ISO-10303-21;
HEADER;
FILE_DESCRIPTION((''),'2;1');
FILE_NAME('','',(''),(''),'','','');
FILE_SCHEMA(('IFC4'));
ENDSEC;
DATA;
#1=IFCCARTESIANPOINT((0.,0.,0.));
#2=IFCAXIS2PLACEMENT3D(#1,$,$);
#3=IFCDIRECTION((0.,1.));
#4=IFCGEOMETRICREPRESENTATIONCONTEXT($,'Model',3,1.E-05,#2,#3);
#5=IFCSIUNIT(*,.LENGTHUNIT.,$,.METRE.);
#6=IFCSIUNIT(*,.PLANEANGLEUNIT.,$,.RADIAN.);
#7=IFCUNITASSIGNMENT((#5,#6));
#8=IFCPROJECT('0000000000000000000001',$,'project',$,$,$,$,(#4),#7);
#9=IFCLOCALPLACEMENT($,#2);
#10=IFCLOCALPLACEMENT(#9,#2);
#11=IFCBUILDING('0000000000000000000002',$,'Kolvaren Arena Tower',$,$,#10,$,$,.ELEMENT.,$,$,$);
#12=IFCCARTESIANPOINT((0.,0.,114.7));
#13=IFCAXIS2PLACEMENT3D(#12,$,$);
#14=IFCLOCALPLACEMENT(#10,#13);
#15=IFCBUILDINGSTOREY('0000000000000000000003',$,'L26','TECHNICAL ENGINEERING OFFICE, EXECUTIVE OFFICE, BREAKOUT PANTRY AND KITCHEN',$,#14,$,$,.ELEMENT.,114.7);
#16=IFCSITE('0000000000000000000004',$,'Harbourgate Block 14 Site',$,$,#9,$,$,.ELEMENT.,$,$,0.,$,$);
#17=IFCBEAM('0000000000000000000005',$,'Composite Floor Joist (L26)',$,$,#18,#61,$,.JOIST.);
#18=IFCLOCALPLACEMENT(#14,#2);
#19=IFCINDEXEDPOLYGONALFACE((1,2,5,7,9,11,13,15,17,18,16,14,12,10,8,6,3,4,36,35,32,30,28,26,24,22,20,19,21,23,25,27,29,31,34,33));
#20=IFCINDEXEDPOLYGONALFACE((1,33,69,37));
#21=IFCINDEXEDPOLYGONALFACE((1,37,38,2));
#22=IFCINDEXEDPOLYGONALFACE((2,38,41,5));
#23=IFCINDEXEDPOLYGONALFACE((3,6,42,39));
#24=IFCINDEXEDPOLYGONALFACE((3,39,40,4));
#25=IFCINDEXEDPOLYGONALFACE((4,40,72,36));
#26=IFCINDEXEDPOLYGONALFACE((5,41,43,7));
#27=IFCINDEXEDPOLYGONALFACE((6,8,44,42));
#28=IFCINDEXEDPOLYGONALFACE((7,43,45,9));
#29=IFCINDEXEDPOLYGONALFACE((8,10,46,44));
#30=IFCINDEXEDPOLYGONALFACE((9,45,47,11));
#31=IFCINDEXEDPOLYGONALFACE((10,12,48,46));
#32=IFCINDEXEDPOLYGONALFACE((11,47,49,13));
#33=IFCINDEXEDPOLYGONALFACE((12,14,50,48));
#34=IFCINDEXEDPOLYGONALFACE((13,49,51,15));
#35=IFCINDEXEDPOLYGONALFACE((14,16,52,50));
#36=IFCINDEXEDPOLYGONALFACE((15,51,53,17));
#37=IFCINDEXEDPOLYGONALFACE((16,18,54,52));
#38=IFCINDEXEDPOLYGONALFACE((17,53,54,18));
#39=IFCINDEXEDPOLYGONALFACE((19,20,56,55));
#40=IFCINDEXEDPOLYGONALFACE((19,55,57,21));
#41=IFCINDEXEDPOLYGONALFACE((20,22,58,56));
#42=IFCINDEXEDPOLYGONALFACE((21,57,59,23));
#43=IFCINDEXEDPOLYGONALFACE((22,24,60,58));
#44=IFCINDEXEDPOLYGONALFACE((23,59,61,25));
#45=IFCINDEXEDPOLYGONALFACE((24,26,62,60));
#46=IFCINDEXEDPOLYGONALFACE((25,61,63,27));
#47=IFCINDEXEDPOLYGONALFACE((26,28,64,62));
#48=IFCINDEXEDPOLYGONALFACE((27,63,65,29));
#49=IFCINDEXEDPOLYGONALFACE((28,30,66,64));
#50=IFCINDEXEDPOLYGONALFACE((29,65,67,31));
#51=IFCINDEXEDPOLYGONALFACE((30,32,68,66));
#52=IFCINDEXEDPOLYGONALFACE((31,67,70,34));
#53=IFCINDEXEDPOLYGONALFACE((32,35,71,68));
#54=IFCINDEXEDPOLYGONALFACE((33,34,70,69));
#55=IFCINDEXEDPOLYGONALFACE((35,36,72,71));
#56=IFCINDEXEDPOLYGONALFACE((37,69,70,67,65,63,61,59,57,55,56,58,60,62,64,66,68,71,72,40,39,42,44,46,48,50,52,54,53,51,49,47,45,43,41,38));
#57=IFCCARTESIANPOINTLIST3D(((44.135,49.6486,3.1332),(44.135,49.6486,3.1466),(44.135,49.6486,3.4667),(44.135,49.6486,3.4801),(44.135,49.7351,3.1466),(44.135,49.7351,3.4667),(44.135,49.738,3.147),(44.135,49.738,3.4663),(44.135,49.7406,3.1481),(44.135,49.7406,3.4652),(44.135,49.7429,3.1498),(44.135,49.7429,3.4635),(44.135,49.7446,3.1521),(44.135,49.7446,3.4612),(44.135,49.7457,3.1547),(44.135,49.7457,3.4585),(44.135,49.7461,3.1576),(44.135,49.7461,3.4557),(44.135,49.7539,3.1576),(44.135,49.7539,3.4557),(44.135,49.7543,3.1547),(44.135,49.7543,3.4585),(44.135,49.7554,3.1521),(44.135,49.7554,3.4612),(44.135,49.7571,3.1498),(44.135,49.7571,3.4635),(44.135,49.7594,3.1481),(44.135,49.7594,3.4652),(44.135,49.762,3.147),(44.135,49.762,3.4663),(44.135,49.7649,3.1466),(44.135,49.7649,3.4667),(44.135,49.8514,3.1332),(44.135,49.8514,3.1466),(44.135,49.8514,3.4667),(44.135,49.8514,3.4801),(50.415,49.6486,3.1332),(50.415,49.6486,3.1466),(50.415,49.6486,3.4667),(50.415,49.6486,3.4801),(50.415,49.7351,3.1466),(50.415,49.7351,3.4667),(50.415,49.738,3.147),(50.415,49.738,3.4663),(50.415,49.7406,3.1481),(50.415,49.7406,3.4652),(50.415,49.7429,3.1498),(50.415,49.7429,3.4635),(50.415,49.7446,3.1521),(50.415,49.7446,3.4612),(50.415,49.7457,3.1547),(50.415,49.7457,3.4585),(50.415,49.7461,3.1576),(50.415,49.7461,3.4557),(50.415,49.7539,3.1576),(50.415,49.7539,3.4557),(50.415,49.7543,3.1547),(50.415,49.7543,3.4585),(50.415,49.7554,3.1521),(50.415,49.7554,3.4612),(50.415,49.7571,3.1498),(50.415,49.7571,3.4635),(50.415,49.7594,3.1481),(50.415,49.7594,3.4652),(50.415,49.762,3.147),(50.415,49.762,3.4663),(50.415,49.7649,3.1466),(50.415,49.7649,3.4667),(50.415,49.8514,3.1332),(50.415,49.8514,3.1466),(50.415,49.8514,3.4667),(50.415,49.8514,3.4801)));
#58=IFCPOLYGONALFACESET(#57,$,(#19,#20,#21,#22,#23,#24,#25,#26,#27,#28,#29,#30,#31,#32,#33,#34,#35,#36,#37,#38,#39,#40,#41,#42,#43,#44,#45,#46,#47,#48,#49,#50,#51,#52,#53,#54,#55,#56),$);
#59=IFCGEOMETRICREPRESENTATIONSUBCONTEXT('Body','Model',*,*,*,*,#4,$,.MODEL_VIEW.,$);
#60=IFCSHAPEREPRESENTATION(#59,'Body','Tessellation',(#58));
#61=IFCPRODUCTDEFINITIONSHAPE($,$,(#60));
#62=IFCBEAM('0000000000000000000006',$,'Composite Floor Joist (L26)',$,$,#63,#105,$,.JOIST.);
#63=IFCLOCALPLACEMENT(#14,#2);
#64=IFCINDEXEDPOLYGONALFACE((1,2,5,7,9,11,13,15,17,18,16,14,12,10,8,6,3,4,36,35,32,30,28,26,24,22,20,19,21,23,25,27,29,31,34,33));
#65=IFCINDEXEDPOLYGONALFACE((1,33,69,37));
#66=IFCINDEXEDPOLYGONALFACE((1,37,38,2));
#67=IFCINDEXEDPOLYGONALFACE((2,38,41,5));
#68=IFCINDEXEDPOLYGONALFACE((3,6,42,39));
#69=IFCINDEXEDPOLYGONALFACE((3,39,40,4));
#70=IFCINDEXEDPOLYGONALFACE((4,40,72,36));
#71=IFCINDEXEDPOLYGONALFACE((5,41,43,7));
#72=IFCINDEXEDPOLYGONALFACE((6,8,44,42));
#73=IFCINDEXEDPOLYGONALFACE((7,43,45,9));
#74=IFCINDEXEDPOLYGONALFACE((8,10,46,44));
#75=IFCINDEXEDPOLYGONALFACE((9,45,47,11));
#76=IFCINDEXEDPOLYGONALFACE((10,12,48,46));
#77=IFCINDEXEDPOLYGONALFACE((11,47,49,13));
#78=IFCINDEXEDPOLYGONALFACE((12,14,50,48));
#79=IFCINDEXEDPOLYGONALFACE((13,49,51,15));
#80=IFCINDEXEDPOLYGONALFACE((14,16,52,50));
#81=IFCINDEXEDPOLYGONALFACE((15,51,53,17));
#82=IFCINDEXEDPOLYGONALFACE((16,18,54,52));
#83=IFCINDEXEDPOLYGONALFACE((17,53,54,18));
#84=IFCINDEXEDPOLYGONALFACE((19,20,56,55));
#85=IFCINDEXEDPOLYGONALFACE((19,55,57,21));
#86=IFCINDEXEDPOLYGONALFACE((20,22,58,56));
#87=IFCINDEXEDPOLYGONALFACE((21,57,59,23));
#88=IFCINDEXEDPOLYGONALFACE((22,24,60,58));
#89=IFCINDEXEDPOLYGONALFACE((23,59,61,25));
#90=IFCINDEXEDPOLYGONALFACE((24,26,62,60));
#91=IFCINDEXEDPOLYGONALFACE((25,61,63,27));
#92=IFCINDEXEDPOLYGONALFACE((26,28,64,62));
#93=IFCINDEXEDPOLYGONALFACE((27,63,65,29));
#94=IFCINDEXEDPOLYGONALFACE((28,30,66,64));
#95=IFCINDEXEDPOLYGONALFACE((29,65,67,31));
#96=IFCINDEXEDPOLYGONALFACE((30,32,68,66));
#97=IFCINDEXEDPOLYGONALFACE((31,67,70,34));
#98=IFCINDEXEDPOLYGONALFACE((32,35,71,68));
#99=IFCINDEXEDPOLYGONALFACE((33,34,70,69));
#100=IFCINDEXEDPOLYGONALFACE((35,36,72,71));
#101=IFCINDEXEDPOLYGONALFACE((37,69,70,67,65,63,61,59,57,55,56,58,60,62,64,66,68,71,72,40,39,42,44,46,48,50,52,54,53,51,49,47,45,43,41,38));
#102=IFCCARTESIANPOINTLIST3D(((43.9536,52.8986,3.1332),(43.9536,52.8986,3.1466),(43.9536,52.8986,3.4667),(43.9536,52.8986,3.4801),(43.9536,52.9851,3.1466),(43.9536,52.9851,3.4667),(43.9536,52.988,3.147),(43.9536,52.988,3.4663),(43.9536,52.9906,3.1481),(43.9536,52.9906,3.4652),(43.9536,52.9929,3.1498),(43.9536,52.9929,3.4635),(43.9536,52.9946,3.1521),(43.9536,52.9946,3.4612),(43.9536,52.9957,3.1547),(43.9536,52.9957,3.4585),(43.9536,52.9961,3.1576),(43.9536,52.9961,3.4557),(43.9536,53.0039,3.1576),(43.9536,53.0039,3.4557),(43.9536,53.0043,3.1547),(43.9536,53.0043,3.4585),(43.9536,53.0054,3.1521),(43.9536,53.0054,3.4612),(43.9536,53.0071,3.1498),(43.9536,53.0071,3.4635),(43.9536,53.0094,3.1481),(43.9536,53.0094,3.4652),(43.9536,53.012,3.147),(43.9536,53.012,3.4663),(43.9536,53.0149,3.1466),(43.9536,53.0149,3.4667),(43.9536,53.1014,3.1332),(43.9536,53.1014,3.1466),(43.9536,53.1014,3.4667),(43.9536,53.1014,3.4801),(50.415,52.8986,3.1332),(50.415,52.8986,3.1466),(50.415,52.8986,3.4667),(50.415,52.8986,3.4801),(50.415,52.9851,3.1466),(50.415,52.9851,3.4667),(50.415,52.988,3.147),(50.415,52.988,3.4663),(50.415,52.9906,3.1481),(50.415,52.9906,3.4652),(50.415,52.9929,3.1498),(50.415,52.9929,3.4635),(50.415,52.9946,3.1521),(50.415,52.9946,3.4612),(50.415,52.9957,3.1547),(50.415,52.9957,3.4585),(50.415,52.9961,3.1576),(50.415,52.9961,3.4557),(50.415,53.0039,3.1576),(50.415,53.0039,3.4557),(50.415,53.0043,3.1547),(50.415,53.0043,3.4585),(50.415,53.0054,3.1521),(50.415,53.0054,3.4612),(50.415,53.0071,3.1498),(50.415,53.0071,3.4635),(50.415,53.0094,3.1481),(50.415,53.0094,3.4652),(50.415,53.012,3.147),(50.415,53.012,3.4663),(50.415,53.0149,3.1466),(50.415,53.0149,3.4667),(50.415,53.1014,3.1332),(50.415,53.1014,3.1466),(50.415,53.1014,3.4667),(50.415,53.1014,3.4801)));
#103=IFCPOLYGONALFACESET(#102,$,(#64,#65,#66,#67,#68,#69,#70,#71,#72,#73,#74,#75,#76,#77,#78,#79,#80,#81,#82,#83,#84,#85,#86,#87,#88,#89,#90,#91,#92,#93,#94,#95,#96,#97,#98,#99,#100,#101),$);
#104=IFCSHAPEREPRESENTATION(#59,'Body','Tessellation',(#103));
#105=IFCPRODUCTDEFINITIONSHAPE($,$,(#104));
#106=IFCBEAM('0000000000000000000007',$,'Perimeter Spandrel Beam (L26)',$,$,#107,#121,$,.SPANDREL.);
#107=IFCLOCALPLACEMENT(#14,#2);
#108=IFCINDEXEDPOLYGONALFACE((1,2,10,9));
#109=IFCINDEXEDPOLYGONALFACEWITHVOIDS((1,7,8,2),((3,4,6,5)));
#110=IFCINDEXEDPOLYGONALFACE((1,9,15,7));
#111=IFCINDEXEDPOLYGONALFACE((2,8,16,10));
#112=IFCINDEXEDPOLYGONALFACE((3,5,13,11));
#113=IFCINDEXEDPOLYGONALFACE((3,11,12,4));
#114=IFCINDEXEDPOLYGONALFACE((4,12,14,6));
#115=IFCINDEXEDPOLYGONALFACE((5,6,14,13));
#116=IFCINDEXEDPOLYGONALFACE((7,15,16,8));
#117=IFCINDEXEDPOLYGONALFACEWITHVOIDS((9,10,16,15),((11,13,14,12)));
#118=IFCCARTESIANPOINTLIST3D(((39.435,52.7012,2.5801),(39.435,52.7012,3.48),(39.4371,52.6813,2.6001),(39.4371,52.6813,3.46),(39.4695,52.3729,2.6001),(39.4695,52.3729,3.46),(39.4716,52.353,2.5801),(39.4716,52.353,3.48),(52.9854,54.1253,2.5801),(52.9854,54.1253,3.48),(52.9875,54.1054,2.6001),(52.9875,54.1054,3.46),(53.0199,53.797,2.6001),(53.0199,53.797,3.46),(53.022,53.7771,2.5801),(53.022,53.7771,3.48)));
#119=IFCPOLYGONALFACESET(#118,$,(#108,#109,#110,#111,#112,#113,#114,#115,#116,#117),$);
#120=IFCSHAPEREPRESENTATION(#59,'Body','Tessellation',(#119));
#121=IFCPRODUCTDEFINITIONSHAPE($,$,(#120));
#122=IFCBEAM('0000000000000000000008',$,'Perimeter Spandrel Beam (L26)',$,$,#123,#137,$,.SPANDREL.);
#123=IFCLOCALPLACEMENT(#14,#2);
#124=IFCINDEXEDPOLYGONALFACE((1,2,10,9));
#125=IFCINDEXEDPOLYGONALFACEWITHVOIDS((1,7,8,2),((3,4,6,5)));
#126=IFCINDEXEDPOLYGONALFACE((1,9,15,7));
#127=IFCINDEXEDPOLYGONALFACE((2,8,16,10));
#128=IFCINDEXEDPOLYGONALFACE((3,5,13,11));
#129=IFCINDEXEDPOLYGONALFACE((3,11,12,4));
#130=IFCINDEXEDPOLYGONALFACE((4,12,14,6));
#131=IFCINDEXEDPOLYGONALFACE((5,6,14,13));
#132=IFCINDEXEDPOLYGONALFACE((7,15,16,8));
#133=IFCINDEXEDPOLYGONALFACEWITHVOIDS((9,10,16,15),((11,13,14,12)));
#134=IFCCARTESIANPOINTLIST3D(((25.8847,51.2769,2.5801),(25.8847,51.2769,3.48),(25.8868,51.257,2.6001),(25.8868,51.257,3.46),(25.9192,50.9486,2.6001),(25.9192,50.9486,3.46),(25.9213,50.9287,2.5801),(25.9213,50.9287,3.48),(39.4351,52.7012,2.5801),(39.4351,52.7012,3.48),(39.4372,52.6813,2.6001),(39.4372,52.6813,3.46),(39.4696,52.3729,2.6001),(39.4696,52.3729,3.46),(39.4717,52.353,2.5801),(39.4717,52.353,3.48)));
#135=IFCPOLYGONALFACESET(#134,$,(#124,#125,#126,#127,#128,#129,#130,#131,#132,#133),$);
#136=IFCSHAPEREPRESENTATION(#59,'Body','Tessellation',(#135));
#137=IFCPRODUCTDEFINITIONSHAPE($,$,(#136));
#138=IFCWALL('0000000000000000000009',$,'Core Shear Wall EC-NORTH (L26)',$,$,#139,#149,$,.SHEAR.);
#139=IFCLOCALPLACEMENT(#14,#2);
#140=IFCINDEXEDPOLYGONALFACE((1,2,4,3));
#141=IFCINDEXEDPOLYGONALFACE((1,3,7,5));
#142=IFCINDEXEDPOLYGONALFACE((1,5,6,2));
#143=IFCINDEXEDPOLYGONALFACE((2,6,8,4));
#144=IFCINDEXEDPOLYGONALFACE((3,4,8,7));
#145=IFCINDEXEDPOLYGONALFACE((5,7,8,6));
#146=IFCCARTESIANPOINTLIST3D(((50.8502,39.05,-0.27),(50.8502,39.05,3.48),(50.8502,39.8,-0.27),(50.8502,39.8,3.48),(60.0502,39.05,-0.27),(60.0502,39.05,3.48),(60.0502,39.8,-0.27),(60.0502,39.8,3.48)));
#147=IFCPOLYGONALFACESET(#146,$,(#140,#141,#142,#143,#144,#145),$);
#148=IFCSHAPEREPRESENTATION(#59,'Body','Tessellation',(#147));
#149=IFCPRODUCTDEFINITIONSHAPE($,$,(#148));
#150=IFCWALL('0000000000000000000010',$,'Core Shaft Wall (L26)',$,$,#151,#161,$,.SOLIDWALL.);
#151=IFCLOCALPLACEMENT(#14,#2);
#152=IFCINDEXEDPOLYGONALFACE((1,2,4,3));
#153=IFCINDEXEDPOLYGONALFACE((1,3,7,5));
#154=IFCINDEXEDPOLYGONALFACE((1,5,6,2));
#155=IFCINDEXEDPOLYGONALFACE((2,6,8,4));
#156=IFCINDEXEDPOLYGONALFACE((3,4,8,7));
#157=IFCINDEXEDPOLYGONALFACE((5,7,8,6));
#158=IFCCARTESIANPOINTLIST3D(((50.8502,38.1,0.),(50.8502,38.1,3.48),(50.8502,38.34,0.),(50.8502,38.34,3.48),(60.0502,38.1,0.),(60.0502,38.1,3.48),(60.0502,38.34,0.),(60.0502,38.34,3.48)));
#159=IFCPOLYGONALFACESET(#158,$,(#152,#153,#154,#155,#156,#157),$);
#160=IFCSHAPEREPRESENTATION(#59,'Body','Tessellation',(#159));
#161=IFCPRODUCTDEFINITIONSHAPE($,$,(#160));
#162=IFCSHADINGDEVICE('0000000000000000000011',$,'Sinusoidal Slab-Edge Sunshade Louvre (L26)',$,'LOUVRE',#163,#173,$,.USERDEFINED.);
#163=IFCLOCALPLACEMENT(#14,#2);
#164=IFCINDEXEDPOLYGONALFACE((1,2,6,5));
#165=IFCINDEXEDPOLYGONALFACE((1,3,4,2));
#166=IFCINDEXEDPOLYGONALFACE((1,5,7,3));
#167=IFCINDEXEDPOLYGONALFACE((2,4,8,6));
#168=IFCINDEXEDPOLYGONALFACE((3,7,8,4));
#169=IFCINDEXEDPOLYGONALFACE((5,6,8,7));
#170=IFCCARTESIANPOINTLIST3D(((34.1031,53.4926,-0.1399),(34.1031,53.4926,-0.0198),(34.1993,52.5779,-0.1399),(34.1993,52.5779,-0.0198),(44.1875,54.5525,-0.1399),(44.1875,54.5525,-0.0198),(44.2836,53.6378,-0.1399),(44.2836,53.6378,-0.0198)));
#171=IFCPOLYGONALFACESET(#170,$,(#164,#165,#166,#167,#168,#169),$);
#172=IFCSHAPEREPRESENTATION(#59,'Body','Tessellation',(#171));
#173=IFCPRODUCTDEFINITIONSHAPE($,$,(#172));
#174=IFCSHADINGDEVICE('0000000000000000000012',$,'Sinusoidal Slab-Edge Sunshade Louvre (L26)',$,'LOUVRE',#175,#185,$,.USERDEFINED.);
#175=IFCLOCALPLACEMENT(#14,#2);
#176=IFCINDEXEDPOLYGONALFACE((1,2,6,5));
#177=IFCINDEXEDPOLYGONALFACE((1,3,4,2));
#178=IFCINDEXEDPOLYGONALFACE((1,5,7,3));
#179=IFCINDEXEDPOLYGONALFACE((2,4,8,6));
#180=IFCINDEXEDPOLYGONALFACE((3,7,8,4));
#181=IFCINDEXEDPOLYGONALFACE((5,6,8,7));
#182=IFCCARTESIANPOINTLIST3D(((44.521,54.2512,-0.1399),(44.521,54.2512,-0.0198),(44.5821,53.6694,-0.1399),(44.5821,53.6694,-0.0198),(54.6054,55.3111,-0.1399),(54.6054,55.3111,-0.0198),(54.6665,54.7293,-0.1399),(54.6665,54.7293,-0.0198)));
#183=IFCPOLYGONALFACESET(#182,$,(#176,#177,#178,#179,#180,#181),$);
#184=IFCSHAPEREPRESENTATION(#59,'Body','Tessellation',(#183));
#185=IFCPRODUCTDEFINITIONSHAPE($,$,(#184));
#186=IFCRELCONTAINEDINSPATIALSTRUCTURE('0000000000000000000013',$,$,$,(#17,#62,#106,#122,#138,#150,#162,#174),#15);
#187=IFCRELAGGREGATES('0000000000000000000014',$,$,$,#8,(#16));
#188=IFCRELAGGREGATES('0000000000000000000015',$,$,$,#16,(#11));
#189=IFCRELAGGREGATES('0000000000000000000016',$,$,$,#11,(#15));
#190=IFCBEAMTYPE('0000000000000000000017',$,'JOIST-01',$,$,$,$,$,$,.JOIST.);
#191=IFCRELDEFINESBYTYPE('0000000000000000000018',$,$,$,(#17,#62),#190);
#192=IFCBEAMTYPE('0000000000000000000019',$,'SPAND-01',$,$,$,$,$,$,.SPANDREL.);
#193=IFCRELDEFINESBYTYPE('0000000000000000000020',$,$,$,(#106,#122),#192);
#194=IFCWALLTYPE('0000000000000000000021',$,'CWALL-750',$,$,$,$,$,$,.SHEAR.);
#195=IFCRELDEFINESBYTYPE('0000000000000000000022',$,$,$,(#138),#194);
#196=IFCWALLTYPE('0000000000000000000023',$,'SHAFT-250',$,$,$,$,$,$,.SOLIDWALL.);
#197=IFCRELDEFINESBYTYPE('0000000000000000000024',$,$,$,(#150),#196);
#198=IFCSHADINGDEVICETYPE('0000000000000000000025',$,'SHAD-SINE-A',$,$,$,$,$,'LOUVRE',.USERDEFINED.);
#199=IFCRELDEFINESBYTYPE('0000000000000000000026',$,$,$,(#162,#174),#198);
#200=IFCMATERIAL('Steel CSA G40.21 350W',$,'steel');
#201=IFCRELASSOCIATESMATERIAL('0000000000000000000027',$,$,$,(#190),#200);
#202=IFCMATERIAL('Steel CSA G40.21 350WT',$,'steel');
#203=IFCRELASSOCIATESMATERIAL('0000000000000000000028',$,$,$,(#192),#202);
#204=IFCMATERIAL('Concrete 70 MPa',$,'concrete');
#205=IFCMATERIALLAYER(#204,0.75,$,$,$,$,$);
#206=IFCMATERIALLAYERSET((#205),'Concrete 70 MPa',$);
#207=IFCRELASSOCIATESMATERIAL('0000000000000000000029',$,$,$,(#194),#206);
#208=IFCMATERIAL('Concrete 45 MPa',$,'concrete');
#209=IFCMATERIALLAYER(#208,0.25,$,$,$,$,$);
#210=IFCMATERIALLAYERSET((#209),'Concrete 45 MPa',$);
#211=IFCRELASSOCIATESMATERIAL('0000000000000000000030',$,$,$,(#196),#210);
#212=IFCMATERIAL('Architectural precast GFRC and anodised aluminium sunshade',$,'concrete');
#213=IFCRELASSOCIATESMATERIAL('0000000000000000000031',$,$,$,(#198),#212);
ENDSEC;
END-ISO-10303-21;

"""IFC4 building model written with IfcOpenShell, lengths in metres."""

from ifc_helpers import new_model, si_unit, direction, frame, frame_2d, origin, origin_2d, place, context, subcontext, project, spatial, rectangle, hollow_rectangle, i_section, extrude, material, layer, layer_set, material_profile, profile_set, type_object, element, save


model = new_model("IFC4")

# Units and contexts
model_context = context("Model", 3, precision=1e-05, world=origin(), true_north=direction((0.0, 1.0)))
body_context = subcontext(model_context, "Body", "Model", "MODEL_VIEW")
ifc_project = project(units=[si_unit("LENGTHUNIT", "METRE"), si_unit("PLANEANGLEUNIT", "RADIAN")], contexts=[model_context])

# Site, building, storey
site_placement = place(None, origin())
site = spatial("IfcSite", under=ifc_project, at=site_placement, Name="Harbourgate Block 14 Site", CompositionType="ELEMENT", RefElevation=0.0)
building_placement = place(site_placement, origin())
building = spatial("IfcBuilding", under=site, at=building_placement, Name="Kolvaren Arena Tower", CompositionType="ELEMENT")
storey_placement = place(building_placement, frame((0.0, 0.0, 114.7)))
storey = spatial("IfcBuildingStorey", under=building, at=storey_placement, Name="L26", Description="TECHNICAL ENGINEERING OFFICE, EXECUTIVE OFFICE, BREAKOUT PANTRY AND KITCHEN", CompositionType="ELEMENT", Elevation=114.7)

# Beams
ifc_material_1 = material(Name="Steel CSA G40.21 350W", Category="steel")
ifc_material_profile_1 = material_profile(ifc_material_1, i_section(OverallWidth=0.2029, OverallDepth=0.3469, WebThickness=0.0078, FlangeThickness=0.0134, FilletRadius=0.011, at=origin_2d()), Name="W360x64")
ifc_profile_set_1 = profile_set([ifc_material_profile_1], Name="Steel CSA G40.21 350W")
beam_type_1 = type_object("IfcBeamType", Name="JOIST-01", PredefinedType="JOIST", material=ifc_profile_set_1)
for number, where, z_axis, x_axis, name in (
    (1, (44.135, 49.75, 3.3066), (1.0, 0.0, 0.0), (0.0, 1.0, 0.0), "Composite Floor Joist (L26)"),
):
    element("IfcBeam", number, at=place(storey_placement, frame(where, z_axis=z_axis, x_axis=x_axis)), inside=storey, type_object=beam_type_1, Name=name, PredefinedType="JOIST", context=body_context, shape_type="SweptSolid", body=[
        extrude(i_section(OverallWidth=0.2029, OverallDepth=0.3469, WebThickness=0.0078, FlangeThickness=0.0134, FilletRadius=0.011, at=origin_2d()), origin(), (0.0, 0.0, 1.0), 6.28),
    ])
beam_1_placement = place(storey_placement, frame((43.9536, 53.0, 3.3066), z_axis=(1.0, 0.0, 0.0), x_axis=(0.0, 1.0, 0.0)))
element("IfcBeam", 2, at=beam_1_placement, inside=storey, type_object=beam_type_1, Name="Composite Floor Joist (L26)", PredefinedType="JOIST", context=body_context, shape_type="SweptSolid", body=[
    extrude(i_section(OverallWidth=0.2029, OverallDepth=0.3469, WebThickness=0.0078, FlangeThickness=0.0134, FilletRadius=0.011, at=origin_2d()), origin(), (0.0, 0.0, 1.0), 6.4614),
])
ifc_material_2 = material(Name="Steel CSA G40.21 350WT", Category="steel")
ifc_material_profile_2 = material_profile(ifc_material_2, hollow_rectangle(XDim=0.3501, YDim=0.8999, WallThickness=0.02, at=origin_2d()), Name="HSS 900x350x20")
ifc_profile_set_2 = profile_set([ifc_material_profile_2], Name="Steel CSA G40.21 350WT")
beam_type_2 = type_object("IfcBeamType", Name="SPAND-01", PredefinedType="SPANDREL", material=ifc_profile_set_2)
for number, where, z_axis, x_axis, name in (
    (3, (53.0037, 53.9512, 3.03), (-0.994523, -0.10452, 0.0), (0.10452, -0.994523, 0.0), "Perimeter Spandrel Beam (L26)"),
    (4, (39.4534, 52.5271, 3.03), (-0.994521, -0.104537, 0.0), (0.104537, -0.994521, 0.0), "Perimeter Spandrel Beam (L26)"),
):
    element("IfcBeam", number, at=place(storey_placement, frame(where, z_axis=z_axis, x_axis=x_axis)), inside=storey, type_object=beam_type_2, Name=name, PredefinedType="SPANDREL", context=body_context, shape_type="SweptSolid", body=[
        extrude(hollow_rectangle(XDim=0.3501, YDim=0.8999, WallThickness=0.02, at=origin_2d()), origin(), (0.0, 0.0, 1.0), 13.625),
    ])

# Walls
ifc_material_3 = material(Name="Concrete 70 MPa", Category="concrete")
ifc_layer_1 = layer(ifc_material_3, 0.75)
ifc_layer_set_1 = layer_set([ifc_layer_1], Name="Concrete 70 MPa")
wall_type_1 = type_object("IfcWallType", Name="CWALL-750", PredefinedType="SHEAR", material=ifc_layer_set_1)
wall_1_placement = place(storey_placement, frame((50.8501, 39.425, -0.27), z_axis=(0.0, 0.0, 1.0), x_axis=(1.0, 0.0, 0.0)))
element("IfcWall", 5, at=wall_1_placement, inside=storey, type_object=wall_type_1, Name="Core Shear Wall EC-NORTH (L26)", PredefinedType="SHEAR", context=body_context, shape_type="SweptSolid", body=[
    extrude(rectangle(XDim=9.2, YDim=0.75, at=frame_2d((4.6001, 0.0))), origin(), (0.0, 0.0, 1.0), 3.75),
])
ifc_material_4 = material(Name="Concrete 45 MPa", Category="concrete")
ifc_layer_2 = layer(ifc_material_4, 0.25)
ifc_layer_set_2 = layer_set([ifc_layer_2], Name="Concrete 45 MPa")
wall_type_2 = type_object("IfcWallType", Name="SHAFT-250", PredefinedType="SOLIDWALL", material=ifc_layer_set_2)
wall_2_placement = place(storey_placement, frame((50.8501, 38.22, 0.0), z_axis=(0.0, 0.0, 1.0), x_axis=(1.0, 0.0, 0.0)))
element("IfcWall", 6, at=wall_2_placement, inside=storey, type_object=wall_type_2, Name="Core Shaft Wall (L26)", PredefinedType="SOLIDWALL", context=body_context, shape_type="SweptSolid", body=[
    extrude(rectangle(XDim=9.2, YDim=0.24, at=frame_2d((4.6001, 0.0))), origin(), (0.0, 0.0, 1.0), 3.48),
])

# Shading devices
ifc_material_5 = material(Name="Architectural precast GFRC and anodised aluminium sunshade", Category="concrete")
shading_device_type = type_object("IfcShadingDeviceType", Name="SHAD-SINE-A", ElementType="LOUVRE", PredefinedType="USERDEFINED", material=ifc_material_5)
shading_device_1_placement = place(storey_placement, frame((39.1934, 53.5652, -0.1399), z_axis=(0.0, 0.0, 1.0), x_axis=(0.994522, 0.104527, 0.0)))
element("IfcShadingDevice", 7, at=shading_device_1_placement, inside=storey, type_object=shading_device_type, Name="Sinusoidal Slab-Edge Sunshade Louvre (L26)", ObjectType="LOUVRE", PredefinedType="USERDEFINED", context=body_context, shape_type="SweptSolid", body=[
    extrude(rectangle(XDim=10.1399, YDim=0.9197, at=origin_2d()), origin(), (0.0, 0.0, 1.0), 0.1201),
])
shading_device_2_placement = place(storey_placement, frame((49.5938, 54.4902, -0.1399), z_axis=(0.0, 0.0, 1.0), x_axis=(0.994522, 0.104527, 0.0)))
element("IfcShadingDevice", 8, at=shading_device_2_placement, inside=storey, type_object=shading_device_type, Name="Sinusoidal Slab-Edge Sunshade Louvre (L26)", ObjectType="LOUVRE", PredefinedType="USERDEFINED", context=body_context, shape_type="SweptSolid", body=[
    extrude(rectangle(XDim=10.1399, YDim=0.585, at=origin_2d()), origin(), (0.0, 0.0, 1.0), 0.1201),
])

save(model, "model.ifc")
